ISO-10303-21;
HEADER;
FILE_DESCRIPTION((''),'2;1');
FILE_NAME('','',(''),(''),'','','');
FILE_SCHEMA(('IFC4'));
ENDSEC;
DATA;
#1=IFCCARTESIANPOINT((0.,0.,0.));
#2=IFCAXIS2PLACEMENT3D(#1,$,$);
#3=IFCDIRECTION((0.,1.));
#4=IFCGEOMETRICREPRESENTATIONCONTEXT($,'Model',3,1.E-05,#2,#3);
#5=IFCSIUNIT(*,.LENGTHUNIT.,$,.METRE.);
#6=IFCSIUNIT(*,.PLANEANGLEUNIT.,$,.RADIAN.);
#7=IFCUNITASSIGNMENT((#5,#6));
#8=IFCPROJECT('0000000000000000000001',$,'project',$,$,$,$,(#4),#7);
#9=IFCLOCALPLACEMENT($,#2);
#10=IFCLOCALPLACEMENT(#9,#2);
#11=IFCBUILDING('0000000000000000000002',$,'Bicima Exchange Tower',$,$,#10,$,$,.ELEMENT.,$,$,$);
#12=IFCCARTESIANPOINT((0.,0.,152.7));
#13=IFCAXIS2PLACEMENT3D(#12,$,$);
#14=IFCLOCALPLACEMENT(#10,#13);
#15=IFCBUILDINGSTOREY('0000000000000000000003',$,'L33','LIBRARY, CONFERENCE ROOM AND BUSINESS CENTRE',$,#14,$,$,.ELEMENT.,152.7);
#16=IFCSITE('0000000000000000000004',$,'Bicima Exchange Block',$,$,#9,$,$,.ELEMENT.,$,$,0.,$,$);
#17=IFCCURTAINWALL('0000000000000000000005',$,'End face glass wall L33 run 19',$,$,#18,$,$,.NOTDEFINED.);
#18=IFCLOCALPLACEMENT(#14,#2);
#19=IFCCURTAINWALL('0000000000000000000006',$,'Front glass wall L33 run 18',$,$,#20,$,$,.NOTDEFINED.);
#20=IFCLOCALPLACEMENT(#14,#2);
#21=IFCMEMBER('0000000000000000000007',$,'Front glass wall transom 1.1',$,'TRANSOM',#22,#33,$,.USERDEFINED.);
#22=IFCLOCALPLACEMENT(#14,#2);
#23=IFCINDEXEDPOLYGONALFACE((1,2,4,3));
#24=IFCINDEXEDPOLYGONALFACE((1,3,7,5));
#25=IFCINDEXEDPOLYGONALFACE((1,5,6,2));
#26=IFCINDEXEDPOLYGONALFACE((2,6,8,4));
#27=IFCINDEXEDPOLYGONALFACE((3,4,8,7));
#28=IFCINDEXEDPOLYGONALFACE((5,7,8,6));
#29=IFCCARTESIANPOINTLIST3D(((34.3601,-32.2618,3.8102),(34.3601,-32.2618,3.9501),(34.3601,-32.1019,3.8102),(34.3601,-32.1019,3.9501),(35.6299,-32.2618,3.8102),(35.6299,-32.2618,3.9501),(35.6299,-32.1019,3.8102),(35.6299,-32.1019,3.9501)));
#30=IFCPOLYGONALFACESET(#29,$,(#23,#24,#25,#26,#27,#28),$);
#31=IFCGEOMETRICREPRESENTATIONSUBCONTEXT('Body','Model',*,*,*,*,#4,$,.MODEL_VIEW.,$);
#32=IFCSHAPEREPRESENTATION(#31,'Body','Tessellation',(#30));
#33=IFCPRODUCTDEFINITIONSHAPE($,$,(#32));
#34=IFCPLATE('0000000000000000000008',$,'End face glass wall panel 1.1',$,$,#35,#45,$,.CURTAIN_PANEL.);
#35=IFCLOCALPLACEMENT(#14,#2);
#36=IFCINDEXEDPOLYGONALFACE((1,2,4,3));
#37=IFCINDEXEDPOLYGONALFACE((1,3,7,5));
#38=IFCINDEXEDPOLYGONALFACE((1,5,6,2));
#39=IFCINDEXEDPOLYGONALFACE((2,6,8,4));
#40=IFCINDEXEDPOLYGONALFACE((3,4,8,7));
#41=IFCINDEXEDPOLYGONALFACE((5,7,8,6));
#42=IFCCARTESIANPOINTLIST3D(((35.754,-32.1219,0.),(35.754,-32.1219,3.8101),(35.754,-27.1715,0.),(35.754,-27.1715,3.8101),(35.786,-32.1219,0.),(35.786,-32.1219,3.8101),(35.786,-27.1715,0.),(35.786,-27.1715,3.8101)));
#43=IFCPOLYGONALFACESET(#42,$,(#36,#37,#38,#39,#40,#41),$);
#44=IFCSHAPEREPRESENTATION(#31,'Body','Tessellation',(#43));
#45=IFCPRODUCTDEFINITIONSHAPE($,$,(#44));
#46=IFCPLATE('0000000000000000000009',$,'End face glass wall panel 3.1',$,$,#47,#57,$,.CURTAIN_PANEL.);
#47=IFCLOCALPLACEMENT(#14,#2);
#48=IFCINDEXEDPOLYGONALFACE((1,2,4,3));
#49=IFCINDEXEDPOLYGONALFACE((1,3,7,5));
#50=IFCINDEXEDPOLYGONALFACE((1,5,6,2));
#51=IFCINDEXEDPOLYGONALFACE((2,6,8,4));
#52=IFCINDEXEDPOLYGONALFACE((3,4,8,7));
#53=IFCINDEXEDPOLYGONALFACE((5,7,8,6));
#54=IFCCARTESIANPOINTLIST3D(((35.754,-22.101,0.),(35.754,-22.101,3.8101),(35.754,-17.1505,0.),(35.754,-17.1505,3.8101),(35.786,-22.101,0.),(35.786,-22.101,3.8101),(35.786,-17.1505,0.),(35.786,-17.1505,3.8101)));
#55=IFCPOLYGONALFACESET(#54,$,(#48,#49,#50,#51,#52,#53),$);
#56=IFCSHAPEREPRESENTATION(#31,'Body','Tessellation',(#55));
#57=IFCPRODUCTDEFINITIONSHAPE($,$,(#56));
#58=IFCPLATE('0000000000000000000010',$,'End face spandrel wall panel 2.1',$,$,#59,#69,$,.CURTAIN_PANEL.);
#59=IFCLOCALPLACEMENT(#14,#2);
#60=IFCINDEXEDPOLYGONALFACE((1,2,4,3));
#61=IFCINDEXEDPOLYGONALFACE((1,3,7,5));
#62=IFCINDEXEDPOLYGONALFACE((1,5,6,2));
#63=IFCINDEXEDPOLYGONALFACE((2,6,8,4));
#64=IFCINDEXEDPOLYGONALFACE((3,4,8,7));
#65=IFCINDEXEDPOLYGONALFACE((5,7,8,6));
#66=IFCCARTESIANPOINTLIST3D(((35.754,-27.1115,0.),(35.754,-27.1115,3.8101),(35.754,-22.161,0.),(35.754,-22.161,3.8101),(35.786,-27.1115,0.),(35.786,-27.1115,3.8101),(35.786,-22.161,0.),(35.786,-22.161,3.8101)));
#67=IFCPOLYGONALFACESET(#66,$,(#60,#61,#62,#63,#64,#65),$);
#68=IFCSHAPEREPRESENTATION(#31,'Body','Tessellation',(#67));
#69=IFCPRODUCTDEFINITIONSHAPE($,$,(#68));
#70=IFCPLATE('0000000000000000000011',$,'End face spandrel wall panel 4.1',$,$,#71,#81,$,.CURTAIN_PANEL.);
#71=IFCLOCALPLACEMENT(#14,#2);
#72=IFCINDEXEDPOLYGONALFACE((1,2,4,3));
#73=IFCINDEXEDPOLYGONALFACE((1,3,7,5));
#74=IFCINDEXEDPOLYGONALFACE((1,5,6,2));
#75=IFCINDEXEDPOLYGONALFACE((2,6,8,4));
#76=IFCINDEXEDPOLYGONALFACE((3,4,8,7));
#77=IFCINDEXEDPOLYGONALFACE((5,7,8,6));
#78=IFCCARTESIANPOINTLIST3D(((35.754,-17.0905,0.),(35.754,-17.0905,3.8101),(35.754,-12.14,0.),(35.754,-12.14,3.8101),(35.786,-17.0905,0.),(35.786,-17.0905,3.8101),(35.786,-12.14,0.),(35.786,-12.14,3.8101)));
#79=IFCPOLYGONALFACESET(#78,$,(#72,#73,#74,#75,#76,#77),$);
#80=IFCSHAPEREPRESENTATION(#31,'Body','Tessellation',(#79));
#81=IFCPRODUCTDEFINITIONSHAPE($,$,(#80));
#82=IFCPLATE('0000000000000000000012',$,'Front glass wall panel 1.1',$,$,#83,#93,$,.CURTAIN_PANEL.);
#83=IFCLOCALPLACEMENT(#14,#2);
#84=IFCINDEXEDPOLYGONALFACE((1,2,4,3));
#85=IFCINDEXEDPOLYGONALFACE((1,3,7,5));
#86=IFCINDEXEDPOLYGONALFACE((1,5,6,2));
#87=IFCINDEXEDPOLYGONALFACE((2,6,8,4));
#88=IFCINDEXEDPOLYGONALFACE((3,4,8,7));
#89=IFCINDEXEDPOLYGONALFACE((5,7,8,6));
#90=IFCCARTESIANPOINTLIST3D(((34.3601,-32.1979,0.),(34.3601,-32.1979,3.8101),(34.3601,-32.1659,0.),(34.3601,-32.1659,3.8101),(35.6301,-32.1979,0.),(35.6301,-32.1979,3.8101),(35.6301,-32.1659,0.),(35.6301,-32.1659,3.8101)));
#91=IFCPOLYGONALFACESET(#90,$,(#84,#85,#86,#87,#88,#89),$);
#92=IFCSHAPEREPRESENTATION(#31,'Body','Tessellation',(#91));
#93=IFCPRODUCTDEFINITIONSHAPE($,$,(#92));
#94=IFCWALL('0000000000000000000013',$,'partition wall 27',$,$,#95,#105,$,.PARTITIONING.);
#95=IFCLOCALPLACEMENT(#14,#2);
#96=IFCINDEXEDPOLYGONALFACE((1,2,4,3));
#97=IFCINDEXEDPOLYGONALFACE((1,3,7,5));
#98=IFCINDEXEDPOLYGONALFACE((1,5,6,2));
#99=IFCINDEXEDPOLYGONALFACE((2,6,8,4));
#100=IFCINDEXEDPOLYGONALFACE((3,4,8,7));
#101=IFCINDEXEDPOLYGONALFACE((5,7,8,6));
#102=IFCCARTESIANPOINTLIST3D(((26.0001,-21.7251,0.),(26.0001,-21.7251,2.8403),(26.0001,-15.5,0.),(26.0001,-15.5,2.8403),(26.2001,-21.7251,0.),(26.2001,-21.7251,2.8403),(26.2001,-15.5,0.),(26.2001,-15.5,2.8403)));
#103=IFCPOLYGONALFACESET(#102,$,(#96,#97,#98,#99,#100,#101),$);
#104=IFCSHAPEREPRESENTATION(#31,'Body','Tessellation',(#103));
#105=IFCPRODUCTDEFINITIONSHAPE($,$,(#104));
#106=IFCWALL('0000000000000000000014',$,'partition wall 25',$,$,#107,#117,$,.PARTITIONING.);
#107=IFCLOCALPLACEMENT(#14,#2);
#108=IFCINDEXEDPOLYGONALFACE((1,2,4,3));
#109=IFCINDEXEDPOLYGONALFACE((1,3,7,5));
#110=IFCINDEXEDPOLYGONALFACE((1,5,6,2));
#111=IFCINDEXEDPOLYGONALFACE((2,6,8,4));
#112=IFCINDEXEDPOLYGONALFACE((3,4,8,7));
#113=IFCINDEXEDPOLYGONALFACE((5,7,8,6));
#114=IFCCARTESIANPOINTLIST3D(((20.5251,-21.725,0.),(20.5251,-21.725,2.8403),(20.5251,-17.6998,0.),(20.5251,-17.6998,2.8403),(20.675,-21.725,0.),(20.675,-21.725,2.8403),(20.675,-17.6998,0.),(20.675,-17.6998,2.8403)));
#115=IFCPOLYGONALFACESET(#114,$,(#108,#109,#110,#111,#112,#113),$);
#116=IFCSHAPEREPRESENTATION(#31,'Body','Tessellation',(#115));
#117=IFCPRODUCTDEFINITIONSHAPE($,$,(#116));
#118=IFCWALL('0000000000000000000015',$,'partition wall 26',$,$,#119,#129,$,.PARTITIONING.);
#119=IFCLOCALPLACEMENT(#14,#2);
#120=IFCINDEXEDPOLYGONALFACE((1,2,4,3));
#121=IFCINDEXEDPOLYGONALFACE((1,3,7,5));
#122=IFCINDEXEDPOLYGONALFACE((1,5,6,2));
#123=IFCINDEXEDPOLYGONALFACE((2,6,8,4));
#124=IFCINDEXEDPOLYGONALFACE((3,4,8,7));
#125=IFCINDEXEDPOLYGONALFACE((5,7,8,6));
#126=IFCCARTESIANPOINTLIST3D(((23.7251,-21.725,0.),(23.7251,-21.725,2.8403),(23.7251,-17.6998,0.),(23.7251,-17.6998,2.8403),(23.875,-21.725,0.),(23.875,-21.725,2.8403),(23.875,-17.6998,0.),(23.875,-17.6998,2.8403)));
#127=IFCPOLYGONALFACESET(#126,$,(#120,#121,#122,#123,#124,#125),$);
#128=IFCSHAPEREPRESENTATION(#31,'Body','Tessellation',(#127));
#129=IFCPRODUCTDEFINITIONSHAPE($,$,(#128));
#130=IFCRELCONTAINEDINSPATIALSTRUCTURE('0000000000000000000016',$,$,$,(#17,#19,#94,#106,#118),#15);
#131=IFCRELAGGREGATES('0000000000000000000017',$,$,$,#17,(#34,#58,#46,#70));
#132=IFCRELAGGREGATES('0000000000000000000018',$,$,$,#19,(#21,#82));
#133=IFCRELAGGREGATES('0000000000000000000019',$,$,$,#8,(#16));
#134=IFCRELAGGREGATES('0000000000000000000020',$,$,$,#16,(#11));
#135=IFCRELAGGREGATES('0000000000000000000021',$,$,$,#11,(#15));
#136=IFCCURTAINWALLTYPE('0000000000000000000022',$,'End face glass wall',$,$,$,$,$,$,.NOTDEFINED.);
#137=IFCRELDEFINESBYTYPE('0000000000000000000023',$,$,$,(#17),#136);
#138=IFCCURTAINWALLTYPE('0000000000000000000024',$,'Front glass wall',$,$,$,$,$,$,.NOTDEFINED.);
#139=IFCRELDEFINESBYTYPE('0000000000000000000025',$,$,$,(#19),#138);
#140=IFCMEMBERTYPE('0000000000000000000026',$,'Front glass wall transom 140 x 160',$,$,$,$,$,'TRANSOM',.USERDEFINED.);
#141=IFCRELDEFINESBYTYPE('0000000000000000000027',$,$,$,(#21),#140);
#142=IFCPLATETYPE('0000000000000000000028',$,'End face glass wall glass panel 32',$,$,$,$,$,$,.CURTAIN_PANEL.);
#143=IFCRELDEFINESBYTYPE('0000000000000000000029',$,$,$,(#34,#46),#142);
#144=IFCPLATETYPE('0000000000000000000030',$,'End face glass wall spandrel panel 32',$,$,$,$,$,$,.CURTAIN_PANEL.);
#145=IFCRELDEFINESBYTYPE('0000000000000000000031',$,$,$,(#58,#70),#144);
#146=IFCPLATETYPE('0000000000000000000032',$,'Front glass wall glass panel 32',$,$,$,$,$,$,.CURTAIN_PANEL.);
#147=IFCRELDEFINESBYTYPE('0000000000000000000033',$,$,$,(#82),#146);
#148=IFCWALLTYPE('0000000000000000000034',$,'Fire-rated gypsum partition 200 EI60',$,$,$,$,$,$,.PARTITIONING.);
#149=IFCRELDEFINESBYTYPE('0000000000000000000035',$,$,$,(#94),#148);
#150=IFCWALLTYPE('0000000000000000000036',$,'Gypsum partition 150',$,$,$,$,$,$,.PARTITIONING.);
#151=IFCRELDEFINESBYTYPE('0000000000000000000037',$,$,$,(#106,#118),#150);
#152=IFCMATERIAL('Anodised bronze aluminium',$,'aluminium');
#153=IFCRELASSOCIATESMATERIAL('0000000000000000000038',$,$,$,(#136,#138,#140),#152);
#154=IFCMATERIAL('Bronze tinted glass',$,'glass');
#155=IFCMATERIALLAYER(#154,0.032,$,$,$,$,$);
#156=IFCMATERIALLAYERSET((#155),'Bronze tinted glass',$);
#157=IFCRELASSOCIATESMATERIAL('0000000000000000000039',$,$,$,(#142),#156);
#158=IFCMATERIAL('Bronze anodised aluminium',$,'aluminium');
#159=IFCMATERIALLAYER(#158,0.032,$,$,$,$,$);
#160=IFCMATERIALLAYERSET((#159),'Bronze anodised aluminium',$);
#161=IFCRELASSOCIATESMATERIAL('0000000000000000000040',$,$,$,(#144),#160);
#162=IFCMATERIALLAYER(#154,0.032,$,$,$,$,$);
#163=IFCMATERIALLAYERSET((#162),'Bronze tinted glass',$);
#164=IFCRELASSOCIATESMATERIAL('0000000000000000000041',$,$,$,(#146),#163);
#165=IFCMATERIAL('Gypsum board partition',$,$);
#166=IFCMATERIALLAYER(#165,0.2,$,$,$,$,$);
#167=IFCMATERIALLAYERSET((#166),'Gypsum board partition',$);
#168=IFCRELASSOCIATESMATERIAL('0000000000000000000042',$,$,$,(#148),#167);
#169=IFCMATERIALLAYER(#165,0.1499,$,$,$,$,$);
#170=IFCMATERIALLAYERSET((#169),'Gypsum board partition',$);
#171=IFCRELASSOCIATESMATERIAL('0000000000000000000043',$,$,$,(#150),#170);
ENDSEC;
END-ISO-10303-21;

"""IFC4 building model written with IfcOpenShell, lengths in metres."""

from ifc_helpers import new_model, si_unit, direction, frame, frame_2d, origin, origin_2d, place, context, subcontext, project, spatial, rectangle, extrude, material, layer, layer_set, material_profile, profile_set, type_object, element, aggregate, save


model = new_model("IFC4")

# Units and contexts
model_context = context("Model", 3, precision=1e-05, world=origin(), true_north=direction((0.0, 1.0)))
body_context = subcontext(model_context, "Body", "Model", "MODEL_VIEW")
ifc_project = project(units=[si_unit("LENGTHUNIT", "METRE"), si_unit("PLANEANGLEUNIT", "RADIAN")], contexts=[model_context])

# Site, building, storey
site_placement = place(None, origin())
site = spatial("IfcSite", under=ifc_project, at=site_placement, Name="Bicima Exchange Block", CompositionType="ELEMENT", RefElevation=0.0)
building_placement = place(site_placement, origin())
building = spatial("IfcBuilding", under=site, at=building_placement, Name="Bicima Exchange Tower", CompositionType="ELEMENT")
storey_placement = place(building_placement, frame((0.0, 0.0, 152.7)))
storey = spatial("IfcBuildingStorey", under=building, at=storey_placement, Name="L33", Description="LIBRARY, CONFERENCE ROOM AND BUSINESS CENTRE", CompositionType="ELEMENT", Elevation=152.7)

# Curtain wall
ifc_material_1 = material(Name="Anodised bronze aluminium", Category="aluminium")
curtain_wall_type_1 = type_object("IfcCurtainWallType", Name="End face glass wall", PredefinedType="NOTDEFINED", material=ifc_material_1)
curtain_wall_1_placement = place(storey_placement, origin())
curtain_wall_1 = element("IfcCurtainWall", 1, at=curtain_wall_1_placement, inside=storey, type_object=curtain_wall_type_1, Name="End face glass wall L33 run 19", PredefinedType="NOTDEFINED")
ifc_material_profile_1 = material_profile(ifc_material_1, rectangle(XDim=0.1599, YDim=0.1399, at=origin_2d()))
ifc_profile_set_1 = profile_set([ifc_material_profile_1], Name="Anodised bronze aluminium")

# Curtain wall, member
curtain_wall_type_2 = type_object("IfcCurtainWallType", Name="Front glass wall", PredefinedType="NOTDEFINED", material=ifc_material_1)
curtain_wall_2_placement = place(storey_placement, origin())
curtain_wall_2 = element("IfcCurtainWall", 2, at=curtain_wall_2_placement, inside=storey, type_object=curtain_wall_type_2, Name="Front glass wall L33 run 18", PredefinedType="NOTDEFINED")
member_type_1 = type_object("IfcMemberType", Name="Front glass wall transom 140 x 160", ElementType="TRANSOM", PredefinedType="USERDEFINED", material=ifc_profile_set_1)
member_1_placement = place(storey_placement, frame((34.3601, -32.1819, 3.8801), z_axis=(1.0, 0.0, 0.0), x_axis=(0.0, 1.0, 0.0)))
member_1 = element("IfcMember", 3, at=member_1_placement, type_object=member_type_1, Name="Front glass wall transom 1.1", ObjectType="TRANSOM", PredefinedType="USERDEFINED", context=body_context, shape_type="SweptSolid", body=[
    extrude(rectangle(XDim=0.1599, YDim=0.1399, at=origin_2d()), origin(), (0.0, 0.0, 1.0), 1.2698),
])

# Plates
ifc_material_2 = material(Name="Bronze tinted glass", Category="glass")
ifc_layer_1 = layer(ifc_material_2, 0.032)
ifc_layer_set_1 = layer_set([ifc_layer_1], Name="Bronze tinted glass")
plate_type_1 = type_object("IfcPlateType", Name="End face glass wall glass panel 32", PredefinedType="CURTAIN_PANEL", material=ifc_layer_set_1)
plate_1_placement = place(storey_placement, frame((35.77, -29.6467, 0.0), z_axis=(0.0, 0.0, 1.0), x_axis=(0.0, 1.0, 0.0)))
plate_1 = element("IfcPlate", 4, at=plate_1_placement, type_object=plate_type_1, Name="End face glass wall panel 1.1", PredefinedType="CURTAIN_PANEL", context=body_context, shape_type="SweptSolid", body=[
    extrude(rectangle(XDim=4.9504, YDim=0.032, at=origin_2d()), origin(), (0.0, 0.0, 1.0), 3.8101),
])
plate_2_placement = place(storey_placement, frame((35.77, -19.6257, 0.0), z_axis=(0.0, 0.0, 1.0), x_axis=(0.0, 1.0, 0.0)))
plate_2 = element("IfcPlate", 5, at=plate_2_placement, type_object=plate_type_1, Name="End face glass wall panel 3.1", PredefinedType="CURTAIN_PANEL", context=body_context, shape_type="SweptSolid", body=[
    extrude(rectangle(XDim=4.9504, YDim=0.032, at=origin_2d()), origin(), (0.0, 0.0, 1.0), 3.8101),
])
ifc_material_3 = material(Name="Bronze anodised aluminium", Category="aluminium")
ifc_layer_2 = layer(ifc_material_3, 0.032)
ifc_layer_set_2 = layer_set([ifc_layer_2], Name="Bronze anodised aluminium")
plate_type_2 = type_object("IfcPlateType", Name="End face glass wall spandrel panel 32", PredefinedType="CURTAIN_PANEL", material=ifc_layer_set_2)
plate_3_placement = place(storey_placement, frame((35.77, -24.6362, 0.0), z_axis=(0.0, 0.0, 1.0), x_axis=(0.0, 1.0, 0.0)))
plate_3 = element("IfcPlate", 6, at=plate_3_placement, type_object=plate_type_2, Name="End face spandrel wall panel 2.1", PredefinedType="CURTAIN_PANEL", context=body_context, shape_type="SweptSolid", body=[
    extrude(rectangle(XDim=4.9504, YDim=0.032, at=origin_2d()), origin(), (0.0, 0.0, 1.0), 3.8101),
])
plate_4_placement = place(storey_placement, frame((35.77, -14.6152, 0.0), z_axis=(0.0, 0.0, 1.0), x_axis=(0.0, 1.0, 0.0)))
plate_4 = element("IfcPlate", 7, at=plate_4_placement, type_object=plate_type_2, Name="End face spandrel wall panel 4.1", PredefinedType="CURTAIN_PANEL", context=body_context, shape_type="SweptSolid", body=[
    extrude(rectangle(XDim=4.9504, YDim=0.032, at=origin_2d()), origin(), (0.0, 0.0, 1.0), 3.8101),
])
aggregate(curtain_wall_1, [plate_1, plate_3, plate_2, plate_4])
ifc_layer_3 = layer(ifc_material_2, 0.032)
ifc_layer_set_3 = layer_set([ifc_layer_3], Name="Bronze tinted glass")
plate_type_3 = type_object("IfcPlateType", Name="Front glass wall glass panel 32", PredefinedType="CURTAIN_PANEL", material=ifc_layer_set_3)
plate_5_placement = place(storey_placement, frame((34.9951, -32.1819, 0.0), z_axis=(0.0, 0.0, 1.0), x_axis=(1.0, 0.0, 0.0)))
plate_5 = element("IfcPlate", 8, at=plate_5_placement, type_object=plate_type_3, Name="Front glass wall panel 1.1", PredefinedType="CURTAIN_PANEL", context=body_context, shape_type="SweptSolid", body=[
    extrude(rectangle(XDim=1.27, YDim=0.032, at=origin_2d()), origin(), (0.0, 0.0, 1.0), 3.8101),
])
aggregate(curtain_wall_2, [member_1, plate_5])

# Walls
ifc_material_4 = material(Name="Gypsum board partition")
ifc_layer_4 = layer(ifc_material_4, 0.2)
ifc_layer_set_4 = layer_set([ifc_layer_4], Name="Gypsum board partition")
wall_type_1 = type_object("IfcWallType", Name="Fire-rated gypsum partition 200 EI60", PredefinedType="PARTITIONING", material=ifc_layer_set_4)
wall_placement = place(storey_placement, frame((26.1001, -21.7251, 0.0), z_axis=(0.0, 0.0, 1.0), x_axis=(0.0, 1.0, 0.0)))
element("IfcWall", 9, at=wall_placement, inside=storey, type_object=wall_type_1, Name="partition wall 27", PredefinedType="PARTITIONING", context=body_context, shape_type="SweptSolid", body=[
    extrude(rectangle(XDim=6.2251, YDim=0.2, at=frame_2d((3.1125, 0.0))), origin(), (0.0, 0.0, 1.0), 2.8403),
])
ifc_layer_5 = layer(ifc_material_4, 0.1499)
ifc_layer_set_5 = layer_set([ifc_layer_5], Name="Gypsum board partition")
wall_type_2 = type_object("IfcWallType", Name="Gypsum partition 150", PredefinedType="PARTITIONING", material=ifc_layer_set_5)
for number, where, z_axis, x_axis, name in (
    (10, (20.6001, -21.7251, 0.0), (0.0, 0.0, 1.0), (0.0, 1.0, 0.0), "partition wall 25"),
    (11, (23.8, -21.7251, 0.0), (0.0, 0.0, 1.0), (0.0, 1.0, 0.0), "partition wall 26"),
):
    element("IfcWall", number, at=place(storey_placement, frame(where, z_axis=z_axis, x_axis=x_axis)), inside=storey, type_object=wall_type_2, Name=name, PredefinedType="PARTITIONING", context=body_context, shape_type="SweptSolid", body=[
        extrude(rectangle(XDim=4.0251, YDim=0.1499, at=frame_2d((2.0127, 0.0))), origin(), (0.0, 0.0, 1.0), 2.8403),
    ])

save(model, "model.ifc")
